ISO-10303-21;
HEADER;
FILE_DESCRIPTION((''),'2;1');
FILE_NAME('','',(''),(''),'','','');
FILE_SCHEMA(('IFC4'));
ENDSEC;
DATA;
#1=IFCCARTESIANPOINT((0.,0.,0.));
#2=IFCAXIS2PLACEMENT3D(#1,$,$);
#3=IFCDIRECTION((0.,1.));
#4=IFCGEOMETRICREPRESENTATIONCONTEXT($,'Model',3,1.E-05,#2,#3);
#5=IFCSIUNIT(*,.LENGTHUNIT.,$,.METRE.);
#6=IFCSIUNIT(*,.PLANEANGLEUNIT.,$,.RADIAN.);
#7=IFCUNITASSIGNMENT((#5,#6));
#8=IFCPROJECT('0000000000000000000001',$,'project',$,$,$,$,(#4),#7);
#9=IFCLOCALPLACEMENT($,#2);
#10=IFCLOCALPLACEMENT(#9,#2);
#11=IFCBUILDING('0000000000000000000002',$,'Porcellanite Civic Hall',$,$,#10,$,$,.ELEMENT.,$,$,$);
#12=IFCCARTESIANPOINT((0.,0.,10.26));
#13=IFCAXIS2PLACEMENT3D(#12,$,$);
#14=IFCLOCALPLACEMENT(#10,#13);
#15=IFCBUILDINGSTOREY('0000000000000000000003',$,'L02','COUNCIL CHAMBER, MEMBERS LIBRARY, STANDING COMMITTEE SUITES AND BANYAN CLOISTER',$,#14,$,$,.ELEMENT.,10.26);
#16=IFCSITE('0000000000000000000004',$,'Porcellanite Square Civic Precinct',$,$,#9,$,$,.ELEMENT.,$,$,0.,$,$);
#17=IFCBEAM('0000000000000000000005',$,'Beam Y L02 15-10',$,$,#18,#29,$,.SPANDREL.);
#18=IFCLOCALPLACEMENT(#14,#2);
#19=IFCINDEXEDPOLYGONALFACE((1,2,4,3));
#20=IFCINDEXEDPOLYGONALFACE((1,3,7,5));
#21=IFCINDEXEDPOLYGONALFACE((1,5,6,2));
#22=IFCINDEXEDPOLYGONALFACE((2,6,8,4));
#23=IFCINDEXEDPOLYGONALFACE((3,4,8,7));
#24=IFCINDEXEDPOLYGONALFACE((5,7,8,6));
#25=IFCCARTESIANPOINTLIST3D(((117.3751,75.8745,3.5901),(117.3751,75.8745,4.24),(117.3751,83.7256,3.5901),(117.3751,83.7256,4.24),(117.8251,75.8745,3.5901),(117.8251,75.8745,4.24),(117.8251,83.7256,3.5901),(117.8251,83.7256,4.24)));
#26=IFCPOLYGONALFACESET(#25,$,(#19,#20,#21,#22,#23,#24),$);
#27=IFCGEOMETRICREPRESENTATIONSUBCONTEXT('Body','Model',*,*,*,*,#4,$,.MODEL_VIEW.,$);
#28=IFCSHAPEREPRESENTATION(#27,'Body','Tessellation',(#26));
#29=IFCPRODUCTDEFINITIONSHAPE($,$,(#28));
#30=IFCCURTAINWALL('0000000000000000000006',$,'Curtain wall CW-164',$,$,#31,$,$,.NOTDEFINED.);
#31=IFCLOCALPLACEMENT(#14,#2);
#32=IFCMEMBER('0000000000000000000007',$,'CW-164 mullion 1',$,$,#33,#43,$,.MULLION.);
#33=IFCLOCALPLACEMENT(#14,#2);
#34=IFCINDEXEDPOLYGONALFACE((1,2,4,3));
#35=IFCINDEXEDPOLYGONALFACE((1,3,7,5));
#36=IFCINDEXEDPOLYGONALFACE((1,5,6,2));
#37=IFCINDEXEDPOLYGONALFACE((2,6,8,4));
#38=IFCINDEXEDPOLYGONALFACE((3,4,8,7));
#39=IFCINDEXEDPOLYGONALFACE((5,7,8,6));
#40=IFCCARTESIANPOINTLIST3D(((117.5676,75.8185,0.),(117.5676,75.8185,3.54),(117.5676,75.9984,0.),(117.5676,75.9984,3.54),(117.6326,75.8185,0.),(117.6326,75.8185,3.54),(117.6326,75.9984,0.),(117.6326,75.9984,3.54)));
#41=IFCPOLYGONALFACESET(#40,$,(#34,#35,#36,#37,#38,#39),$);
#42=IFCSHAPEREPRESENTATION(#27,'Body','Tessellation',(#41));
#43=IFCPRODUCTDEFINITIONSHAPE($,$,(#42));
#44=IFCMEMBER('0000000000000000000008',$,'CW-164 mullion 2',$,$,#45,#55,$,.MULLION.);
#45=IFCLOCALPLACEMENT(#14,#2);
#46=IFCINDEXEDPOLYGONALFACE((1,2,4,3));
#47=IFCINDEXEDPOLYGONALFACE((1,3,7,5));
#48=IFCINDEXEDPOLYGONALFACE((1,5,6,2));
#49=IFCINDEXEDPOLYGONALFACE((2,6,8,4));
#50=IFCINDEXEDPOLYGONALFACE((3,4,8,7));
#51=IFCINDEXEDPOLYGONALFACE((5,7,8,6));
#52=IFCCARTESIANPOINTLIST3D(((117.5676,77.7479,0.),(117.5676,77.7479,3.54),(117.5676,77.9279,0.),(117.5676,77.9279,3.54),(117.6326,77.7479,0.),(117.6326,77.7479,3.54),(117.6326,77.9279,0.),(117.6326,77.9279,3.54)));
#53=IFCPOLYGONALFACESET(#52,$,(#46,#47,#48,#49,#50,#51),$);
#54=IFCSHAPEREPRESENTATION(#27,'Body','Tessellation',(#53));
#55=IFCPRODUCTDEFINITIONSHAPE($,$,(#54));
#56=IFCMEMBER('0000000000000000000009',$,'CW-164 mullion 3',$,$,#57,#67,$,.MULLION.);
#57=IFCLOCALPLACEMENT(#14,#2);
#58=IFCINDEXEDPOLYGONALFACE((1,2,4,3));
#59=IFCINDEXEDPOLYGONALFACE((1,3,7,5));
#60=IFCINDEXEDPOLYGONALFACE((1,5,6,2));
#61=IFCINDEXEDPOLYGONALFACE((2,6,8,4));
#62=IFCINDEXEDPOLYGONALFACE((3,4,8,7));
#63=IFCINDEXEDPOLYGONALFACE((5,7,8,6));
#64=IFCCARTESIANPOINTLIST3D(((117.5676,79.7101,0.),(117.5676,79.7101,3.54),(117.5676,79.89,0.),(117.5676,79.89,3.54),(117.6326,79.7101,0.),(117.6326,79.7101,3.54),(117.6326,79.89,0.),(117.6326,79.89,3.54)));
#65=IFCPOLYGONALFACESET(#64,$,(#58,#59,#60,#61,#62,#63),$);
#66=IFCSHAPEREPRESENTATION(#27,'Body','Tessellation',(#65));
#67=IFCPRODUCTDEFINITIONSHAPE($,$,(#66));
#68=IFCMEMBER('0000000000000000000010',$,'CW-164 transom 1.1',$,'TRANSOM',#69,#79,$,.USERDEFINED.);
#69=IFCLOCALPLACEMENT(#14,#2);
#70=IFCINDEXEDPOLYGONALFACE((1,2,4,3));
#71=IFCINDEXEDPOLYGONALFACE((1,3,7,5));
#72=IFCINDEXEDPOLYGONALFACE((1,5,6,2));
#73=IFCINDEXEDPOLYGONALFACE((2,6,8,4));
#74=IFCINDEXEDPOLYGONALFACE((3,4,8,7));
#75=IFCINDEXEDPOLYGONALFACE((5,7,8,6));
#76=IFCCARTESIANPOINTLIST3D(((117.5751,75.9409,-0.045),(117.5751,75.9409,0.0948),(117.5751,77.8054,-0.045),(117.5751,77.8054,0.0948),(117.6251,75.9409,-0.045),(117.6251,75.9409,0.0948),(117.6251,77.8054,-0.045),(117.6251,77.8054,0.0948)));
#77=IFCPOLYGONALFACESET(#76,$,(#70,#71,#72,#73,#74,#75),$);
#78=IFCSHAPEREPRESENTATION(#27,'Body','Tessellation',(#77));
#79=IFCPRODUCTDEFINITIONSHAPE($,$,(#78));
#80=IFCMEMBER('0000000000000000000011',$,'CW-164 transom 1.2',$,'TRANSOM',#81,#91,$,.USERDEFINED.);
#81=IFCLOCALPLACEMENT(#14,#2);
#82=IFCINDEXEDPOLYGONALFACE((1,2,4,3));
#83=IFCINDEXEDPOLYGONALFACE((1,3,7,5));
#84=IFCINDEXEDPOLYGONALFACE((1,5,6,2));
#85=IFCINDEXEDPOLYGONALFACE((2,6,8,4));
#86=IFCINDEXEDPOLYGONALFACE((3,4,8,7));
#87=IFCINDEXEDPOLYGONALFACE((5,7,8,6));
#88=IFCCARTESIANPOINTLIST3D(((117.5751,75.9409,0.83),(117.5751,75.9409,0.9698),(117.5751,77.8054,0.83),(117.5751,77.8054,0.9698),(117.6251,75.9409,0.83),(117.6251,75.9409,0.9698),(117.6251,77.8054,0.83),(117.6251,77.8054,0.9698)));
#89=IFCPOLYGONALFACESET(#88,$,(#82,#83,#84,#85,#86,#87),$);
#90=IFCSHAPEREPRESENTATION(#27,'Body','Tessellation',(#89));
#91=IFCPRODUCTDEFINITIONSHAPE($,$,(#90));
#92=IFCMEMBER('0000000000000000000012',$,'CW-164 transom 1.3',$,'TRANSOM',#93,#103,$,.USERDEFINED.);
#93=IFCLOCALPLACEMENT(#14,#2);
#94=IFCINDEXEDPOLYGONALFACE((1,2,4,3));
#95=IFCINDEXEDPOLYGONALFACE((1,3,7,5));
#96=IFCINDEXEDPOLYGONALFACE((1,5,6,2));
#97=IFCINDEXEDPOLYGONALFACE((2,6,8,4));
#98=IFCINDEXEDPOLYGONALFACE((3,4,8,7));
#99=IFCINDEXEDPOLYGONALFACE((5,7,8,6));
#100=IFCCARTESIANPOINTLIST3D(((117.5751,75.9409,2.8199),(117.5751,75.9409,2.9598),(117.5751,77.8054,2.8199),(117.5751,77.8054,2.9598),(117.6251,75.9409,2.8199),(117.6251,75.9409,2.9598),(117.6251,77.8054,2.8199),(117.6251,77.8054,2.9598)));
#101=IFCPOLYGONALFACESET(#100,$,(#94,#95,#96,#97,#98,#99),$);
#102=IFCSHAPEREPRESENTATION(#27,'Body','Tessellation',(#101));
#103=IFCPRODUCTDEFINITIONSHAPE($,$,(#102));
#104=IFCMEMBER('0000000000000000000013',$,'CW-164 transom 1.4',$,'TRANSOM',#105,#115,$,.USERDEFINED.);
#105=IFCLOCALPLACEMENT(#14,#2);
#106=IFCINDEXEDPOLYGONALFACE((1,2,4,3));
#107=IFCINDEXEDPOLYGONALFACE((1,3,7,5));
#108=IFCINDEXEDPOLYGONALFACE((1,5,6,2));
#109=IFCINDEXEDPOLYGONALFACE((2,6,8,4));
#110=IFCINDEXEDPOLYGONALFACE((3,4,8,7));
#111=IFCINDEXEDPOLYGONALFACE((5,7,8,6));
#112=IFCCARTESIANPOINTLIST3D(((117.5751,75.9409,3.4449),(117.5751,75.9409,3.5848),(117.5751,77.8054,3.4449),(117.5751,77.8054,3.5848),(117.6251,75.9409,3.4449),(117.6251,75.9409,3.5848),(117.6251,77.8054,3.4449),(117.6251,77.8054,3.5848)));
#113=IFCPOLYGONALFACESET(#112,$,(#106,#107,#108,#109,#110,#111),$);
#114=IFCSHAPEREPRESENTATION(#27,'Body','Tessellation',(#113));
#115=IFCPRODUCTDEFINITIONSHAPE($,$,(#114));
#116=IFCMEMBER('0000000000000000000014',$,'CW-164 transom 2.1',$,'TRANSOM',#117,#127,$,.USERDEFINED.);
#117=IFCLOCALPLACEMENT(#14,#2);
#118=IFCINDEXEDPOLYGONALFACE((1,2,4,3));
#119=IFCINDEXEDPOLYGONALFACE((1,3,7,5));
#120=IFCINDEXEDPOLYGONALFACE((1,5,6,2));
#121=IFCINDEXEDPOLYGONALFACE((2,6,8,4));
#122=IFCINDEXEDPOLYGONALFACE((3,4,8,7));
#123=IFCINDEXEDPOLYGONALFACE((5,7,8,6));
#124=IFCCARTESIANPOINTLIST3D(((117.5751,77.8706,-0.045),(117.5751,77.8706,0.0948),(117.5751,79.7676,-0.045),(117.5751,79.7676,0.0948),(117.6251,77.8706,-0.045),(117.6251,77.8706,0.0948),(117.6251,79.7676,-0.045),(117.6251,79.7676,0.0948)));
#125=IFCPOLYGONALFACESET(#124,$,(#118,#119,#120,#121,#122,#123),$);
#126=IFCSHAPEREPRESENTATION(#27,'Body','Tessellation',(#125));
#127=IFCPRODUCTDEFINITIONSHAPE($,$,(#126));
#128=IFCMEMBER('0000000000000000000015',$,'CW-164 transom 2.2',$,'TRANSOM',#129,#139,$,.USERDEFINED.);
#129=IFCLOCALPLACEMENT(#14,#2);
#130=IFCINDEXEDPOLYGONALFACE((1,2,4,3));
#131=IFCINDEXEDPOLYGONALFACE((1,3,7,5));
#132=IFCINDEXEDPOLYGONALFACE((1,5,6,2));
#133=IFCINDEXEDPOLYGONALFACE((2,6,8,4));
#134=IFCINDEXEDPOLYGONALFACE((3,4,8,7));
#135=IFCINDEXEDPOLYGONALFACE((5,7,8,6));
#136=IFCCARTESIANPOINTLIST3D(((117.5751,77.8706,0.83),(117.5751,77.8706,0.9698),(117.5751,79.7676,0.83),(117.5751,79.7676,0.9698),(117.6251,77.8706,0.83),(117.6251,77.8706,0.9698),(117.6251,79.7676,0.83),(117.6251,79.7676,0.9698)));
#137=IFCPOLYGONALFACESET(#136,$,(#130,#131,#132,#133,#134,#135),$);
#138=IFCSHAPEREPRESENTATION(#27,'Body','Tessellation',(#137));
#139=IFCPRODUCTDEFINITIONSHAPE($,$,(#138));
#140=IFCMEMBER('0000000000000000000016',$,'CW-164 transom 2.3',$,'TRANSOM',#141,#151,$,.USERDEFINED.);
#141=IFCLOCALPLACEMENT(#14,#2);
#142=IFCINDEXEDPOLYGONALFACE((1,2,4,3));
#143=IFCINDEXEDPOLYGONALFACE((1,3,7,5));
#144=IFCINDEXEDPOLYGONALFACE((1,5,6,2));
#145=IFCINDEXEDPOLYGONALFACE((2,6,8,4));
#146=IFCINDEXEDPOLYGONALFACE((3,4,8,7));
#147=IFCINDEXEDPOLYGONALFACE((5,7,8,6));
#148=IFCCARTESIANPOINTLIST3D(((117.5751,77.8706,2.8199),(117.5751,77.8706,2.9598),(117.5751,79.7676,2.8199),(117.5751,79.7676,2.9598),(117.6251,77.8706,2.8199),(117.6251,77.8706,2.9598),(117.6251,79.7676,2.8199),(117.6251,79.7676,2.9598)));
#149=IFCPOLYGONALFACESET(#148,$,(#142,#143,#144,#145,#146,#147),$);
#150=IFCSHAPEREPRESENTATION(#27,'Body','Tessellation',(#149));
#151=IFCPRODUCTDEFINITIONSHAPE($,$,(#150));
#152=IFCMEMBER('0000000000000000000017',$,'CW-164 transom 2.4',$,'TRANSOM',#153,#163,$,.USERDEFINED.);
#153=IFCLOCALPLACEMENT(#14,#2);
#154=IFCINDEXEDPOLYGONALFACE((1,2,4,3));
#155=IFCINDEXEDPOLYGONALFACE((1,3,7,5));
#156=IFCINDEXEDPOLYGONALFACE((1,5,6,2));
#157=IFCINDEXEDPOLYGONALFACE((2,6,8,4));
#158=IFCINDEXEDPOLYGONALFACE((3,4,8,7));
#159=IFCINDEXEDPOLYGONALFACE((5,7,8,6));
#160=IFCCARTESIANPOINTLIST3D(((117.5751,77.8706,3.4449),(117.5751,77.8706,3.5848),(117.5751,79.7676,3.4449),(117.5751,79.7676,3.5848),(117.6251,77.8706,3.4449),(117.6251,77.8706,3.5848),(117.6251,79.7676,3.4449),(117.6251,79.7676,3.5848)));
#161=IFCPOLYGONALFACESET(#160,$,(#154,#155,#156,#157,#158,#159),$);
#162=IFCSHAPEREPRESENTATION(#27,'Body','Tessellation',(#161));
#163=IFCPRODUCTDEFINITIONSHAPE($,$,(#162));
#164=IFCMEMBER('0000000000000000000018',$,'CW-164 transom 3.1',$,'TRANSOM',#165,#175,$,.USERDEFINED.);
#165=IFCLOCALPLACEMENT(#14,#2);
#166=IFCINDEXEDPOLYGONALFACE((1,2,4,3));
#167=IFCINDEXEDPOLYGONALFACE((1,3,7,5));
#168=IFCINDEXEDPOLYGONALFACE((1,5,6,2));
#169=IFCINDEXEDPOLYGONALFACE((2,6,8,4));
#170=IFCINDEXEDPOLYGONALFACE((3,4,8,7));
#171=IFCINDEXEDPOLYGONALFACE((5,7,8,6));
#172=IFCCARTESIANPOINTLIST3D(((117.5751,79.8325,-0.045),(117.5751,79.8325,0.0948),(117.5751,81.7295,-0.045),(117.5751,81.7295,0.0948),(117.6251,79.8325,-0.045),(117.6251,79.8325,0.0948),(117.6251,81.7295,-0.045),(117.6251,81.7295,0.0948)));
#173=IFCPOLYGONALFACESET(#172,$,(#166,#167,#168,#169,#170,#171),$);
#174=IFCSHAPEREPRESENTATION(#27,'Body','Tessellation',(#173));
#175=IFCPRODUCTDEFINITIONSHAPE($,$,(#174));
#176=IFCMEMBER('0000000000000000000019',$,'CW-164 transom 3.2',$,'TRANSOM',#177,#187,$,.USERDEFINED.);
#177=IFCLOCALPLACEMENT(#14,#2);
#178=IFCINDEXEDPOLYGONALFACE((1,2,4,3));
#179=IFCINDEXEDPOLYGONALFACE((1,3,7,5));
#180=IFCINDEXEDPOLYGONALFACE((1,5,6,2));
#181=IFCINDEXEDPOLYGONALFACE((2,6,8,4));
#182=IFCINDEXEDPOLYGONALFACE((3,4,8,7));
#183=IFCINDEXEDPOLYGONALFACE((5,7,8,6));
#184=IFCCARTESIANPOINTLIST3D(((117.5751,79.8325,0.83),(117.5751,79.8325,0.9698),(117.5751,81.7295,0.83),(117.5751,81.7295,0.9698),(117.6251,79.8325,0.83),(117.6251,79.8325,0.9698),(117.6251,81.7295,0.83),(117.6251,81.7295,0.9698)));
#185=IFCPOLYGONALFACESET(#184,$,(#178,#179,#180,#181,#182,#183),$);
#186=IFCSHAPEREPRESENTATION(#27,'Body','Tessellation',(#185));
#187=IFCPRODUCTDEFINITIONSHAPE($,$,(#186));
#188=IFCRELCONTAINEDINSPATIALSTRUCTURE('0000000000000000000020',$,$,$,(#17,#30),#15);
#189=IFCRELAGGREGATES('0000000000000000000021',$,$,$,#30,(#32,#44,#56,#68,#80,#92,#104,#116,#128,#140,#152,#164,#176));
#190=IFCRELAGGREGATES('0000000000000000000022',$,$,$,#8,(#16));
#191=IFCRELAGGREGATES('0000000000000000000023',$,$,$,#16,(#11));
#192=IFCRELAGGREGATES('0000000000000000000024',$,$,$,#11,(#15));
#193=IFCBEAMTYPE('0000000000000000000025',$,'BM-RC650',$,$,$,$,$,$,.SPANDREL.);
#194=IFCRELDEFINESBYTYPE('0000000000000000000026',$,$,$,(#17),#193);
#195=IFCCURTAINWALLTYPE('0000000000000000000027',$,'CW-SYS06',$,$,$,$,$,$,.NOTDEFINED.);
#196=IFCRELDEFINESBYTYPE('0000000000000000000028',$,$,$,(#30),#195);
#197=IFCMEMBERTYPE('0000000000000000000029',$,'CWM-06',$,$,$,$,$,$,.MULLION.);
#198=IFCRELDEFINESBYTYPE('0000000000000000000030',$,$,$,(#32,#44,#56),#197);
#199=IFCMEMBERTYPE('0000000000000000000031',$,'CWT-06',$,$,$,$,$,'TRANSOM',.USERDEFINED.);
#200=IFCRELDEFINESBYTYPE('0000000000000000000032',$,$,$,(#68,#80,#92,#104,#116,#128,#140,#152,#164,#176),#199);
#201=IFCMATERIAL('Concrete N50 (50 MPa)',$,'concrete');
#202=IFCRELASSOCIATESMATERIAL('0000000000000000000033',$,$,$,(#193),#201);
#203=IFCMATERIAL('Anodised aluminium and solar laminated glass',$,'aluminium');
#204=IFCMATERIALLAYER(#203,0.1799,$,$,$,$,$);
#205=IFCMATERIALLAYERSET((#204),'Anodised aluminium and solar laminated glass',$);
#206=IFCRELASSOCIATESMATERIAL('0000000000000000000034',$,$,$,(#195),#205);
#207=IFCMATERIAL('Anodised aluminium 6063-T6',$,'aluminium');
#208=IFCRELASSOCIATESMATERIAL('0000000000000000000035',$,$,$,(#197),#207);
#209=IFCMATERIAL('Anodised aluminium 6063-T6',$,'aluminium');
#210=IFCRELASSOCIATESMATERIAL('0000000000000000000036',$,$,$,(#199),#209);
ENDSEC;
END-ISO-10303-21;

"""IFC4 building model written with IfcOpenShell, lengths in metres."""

from ifc_helpers import new_model, si_unit, direction, frame, origin, origin_2d, place, context, subcontext, project, spatial, rectangle, extrude, material, layer, layer_set, material_profile, profile_set, type_object, element, aggregate, save


model = new_model("IFC4")

# Units and contexts
model_context = context("Model", 3, precision=1e-05, world=origin(), true_north=direction((0.0, 1.0)))
body_context = subcontext(model_context, "Body", "Model", "MODEL_VIEW")
ifc_project = project(units=[si_unit("LENGTHUNIT", "METRE"), si_unit("PLANEANGLEUNIT", "RADIAN")], contexts=[model_context])

# Site, building, storey
site_placement = place(None, origin())
site = spatial("IfcSite", under=ifc_project, at=site_placement, Name="Porcellanite Square Civic Precinct", CompositionType="ELEMENT", RefElevation=0.0)
building_placement = place(site_placement, origin())
building = spatial("IfcBuilding", under=site, at=building_placement, Name="Porcellanite Civic Hall", CompositionType="ELEMENT")
storey_placement = place(building_placement, frame((0.0, 0.0, 10.26)))
storey = spatial("IfcBuildingStorey", under=building, at=storey_placement, Name="L02", Description="COUNCIL CHAMBER, MEMBERS LIBRARY, STANDING COMMITTEE SUITES AND BANYAN CLOISTER", CompositionType="ELEMENT", Elevation=10.26)

# Beam
ifc_material_1 = material(Name="Concrete N50 (50 MPa)", Category="concrete")
ifc_material_profile_1 = material_profile(ifc_material_1, rectangle(XDim=0.45, YDim=0.6499, at=origin_2d()), Name="RC-450x650")
ifc_profile_set_1 = profile_set([ifc_material_profile_1], Name="Concrete N50 (50 MPa)")
beam_type = type_object("IfcBeamType", Name="BM-RC650", PredefinedType="SPANDREL", material=ifc_profile_set_1)
beam_placement = place(storey_placement, frame((117.6001, 75.8745, 3.915), z_axis=(0.0, 1.0, 0.0), x_axis=(-1.0, 0.0, 0.0)))
element("IfcBeam", 1, at=beam_placement, inside=storey, type_object=beam_type, Name="Beam Y L02 15-10", PredefinedType="SPANDREL", context=body_context, shape_type="SweptSolid", body=[
    extrude(rectangle(XDim=0.45, YDim=0.6499, at=origin_2d()), origin(), (0.0, 0.0, 1.0), 7.8511),
])

# Curtain wall, members
ifc_material_2 = material(Name="Anodised aluminium and solar laminated glass", Category="aluminium")
ifc_layer_1 = layer(ifc_material_2, 0.1799)
ifc_layer_set_1 = layer_set([ifc_layer_1], Name="Anodised aluminium and solar laminated glass")
curtain_wall_type = type_object("IfcCurtainWallType", Name="CW-SYS06", PredefinedType="NOTDEFINED", material=ifc_layer_set_1)
curtain_wall_placement = place(storey_placement, origin())
curtain_wall = element("IfcCurtainWall", 2, at=curtain_wall_placement, inside=storey, type_object=curtain_wall_type, Name="Curtain wall CW-164", PredefinedType="NOTDEFINED")
ifc_material_3 = material(Name="Anodised aluminium 6063-T6", Category="aluminium")
ifc_material_profile_2 = material_profile(ifc_material_3, rectangle(XDim=0.0649, YDim=0.1799, at=origin_2d()), Name="AL-65x180")
ifc_profile_set_2 = profile_set([ifc_material_profile_2], Name="Anodised aluminium 6063-T6")
member_type_1 = type_object("IfcMemberType", Name="CWM-06", PredefinedType="MULLION", material=ifc_profile_set_2)
member_1_placement = place(storey_placement, frame((117.6001, 75.9084, 0.0), z_axis=(0.0, 0.0, 1.0), x_axis=(-1.0, 0.0, 0.0)))
member_1 = element("IfcMember", 3, at=member_1_placement, type_object=member_type_1, Name="CW-164 mullion 1", PredefinedType="MULLION", context=body_context, shape_type="SweptSolid", body=[
    extrude(rectangle(XDim=0.0649, YDim=0.1799, at=origin_2d()), origin(), (0.0, 0.0, 1.0), 3.54),
])
member_2_placement = place(storey_placement, frame((117.6001, 77.8379, 0.0), z_axis=(0.0, 0.0, 1.0), x_axis=(-1.0, 0.0, 0.0)))
member_2 = element("IfcMember", 4, at=member_2_placement, type_object=member_type_1, Name="CW-164 mullion 2", PredefinedType="MULLION", context=body_context, shape_type="SweptSolid", body=[
    extrude(rectangle(XDim=0.0649, YDim=0.1799, at=origin_2d()), origin(), (0.0, 0.0, 1.0), 3.54),
])
member_3_placement = place(storey_placement, frame((117.6001, 79.8, 0.0), z_axis=(0.0, 0.0, 1.0), x_axis=(-1.0, 0.0, 0.0)))
member_3 = element("IfcMember", 5, at=member_3_placement, type_object=member_type_1, Name="CW-164 mullion 3", PredefinedType="MULLION", context=body_context, shape_type="SweptSolid", body=[
    extrude(rectangle(XDim=0.0649, YDim=0.1799, at=origin_2d()), origin(), (0.0, 0.0, 1.0), 3.54),
])
ifc_material_4 = material(Name="Anodised aluminium 6063-T6", Category="aluminium")
ifc_material_profile_3 = material_profile(ifc_material_4, rectangle(XDim=0.05, YDim=0.1399, at=origin_2d()), Name="AL-50x140")
ifc_profile_set_3 = profile_set([ifc_material_profile_3], Name="Anodised aluminium 6063-T6")
member_type_2 = type_object("IfcMemberType", Name="CWT-06", ElementType="TRANSOM", PredefinedType="USERDEFINED", material=ifc_profile_set_3)
member_4_placement = place(storey_placement, frame((117.6001, 75.9409, 0.0249), z_axis=(0.0, 1.0, 0.0), x_axis=(-1.0, 0.0, 0.0)))
member_4 = element("IfcMember", 6, at=member_4_placement, type_object=member_type_2, Name="CW-164 transom 1.1", ObjectType="TRANSOM", PredefinedType="USERDEFINED", context=body_context, shape_type="SweptSolid", body=[
    extrude(rectangle(XDim=0.05, YDim=0.1399, at=origin_2d()), origin(), (0.0, 0.0, 1.0), 1.8645),
])
member_5_placement = place(storey_placement, frame((117.6001, 75.9409, 0.8999), z_axis=(0.0, 1.0, 0.0), x_axis=(-1.0, 0.0, 0.0)))
member_5 = element("IfcMember", 7, at=member_5_placement, type_object=member_type_2, Name="CW-164 transom 1.2", ObjectType="TRANSOM", PredefinedType="USERDEFINED", context=body_context, shape_type="SweptSolid", body=[
    extrude(rectangle(XDim=0.05, YDim=0.1399, at=origin_2d()), origin(), (0.0, 0.0, 1.0), 1.8645),
])
member_6_placement = place(storey_placement, frame((117.6001, 75.9409, 2.8899), z_axis=(0.0, 1.0, 0.0), x_axis=(-1.0, 0.0, 0.0)))
member_6 = element("IfcMember", 8, at=member_6_placement, type_object=member_type_2, Name="CW-164 transom 1.3", ObjectType="TRANSOM", PredefinedType="USERDEFINED", context=body_context, shape_type="SweptSolid", body=[
    extrude(rectangle(XDim=0.05, YDim=0.1399, at=origin_2d()), origin(), (0.0, 0.0, 1.0), 1.8645),
])
member_7_placement = place(storey_placement, frame((117.6001, 75.9409, 3.5149), z_axis=(0.0, 1.0, 0.0), x_axis=(-1.0, 0.0, 0.0)))
member_7 = element("IfcMember", 9, at=member_7_placement, type_object=member_type_2, Name="CW-164 transom 1.4", ObjectType="TRANSOM", PredefinedType="USERDEFINED", context=body_context, shape_type="SweptSolid", body=[
    extrude(rectangle(XDim=0.05, YDim=0.1399, at=origin_2d()), origin(), (0.0, 0.0, 1.0), 1.8645),
])
member_8_placement = place(storey_placement, frame((117.6001, 77.8706, 0.0249), z_axis=(0.0, 1.0, 0.0), x_axis=(-1.0, 0.0, 0.0)))
member_8 = element("IfcMember", 10, at=member_8_placement, type_object=member_type_2, Name="CW-164 transom 2.1", ObjectType="TRANSOM", PredefinedType="USERDEFINED", context=body_context, shape_type="SweptSolid", body=[
    extrude(rectangle(XDim=0.05, YDim=0.1399, at=origin_2d()), origin(), (0.0, 0.0, 1.0), 1.897),
])
member_9_placement = place(storey_placement, frame((117.6001, 77.8706, 0.8999), z_axis=(0.0, 1.0, 0.0), x_axis=(-1.0, 0.0, 0.0)))
member_9 = element("IfcMember", 11, at=member_9_placement, type_object=member_type_2, Name="CW-164 transom 2.2", ObjectType="TRANSOM", PredefinedType="USERDEFINED", context=body_context, shape_type="SweptSolid", body=[
    extrude(rectangle(XDim=0.05, YDim=0.1399, at=origin_2d()), origin(), (0.0, 0.0, 1.0), 1.897),
])
member_10_placement = place(storey_placement, frame((117.6001, 77.8706, 2.8899), z_axis=(0.0, 1.0, 0.0), x_axis=(-1.0, 0.0, 0.0)))
member_10 = element("IfcMember", 12, at=member_10_placement, type_object=member_type_2, Name="CW-164 transom 2.3", ObjectType="TRANSOM", PredefinedType="USERDEFINED", context=body_context, shape_type="SweptSolid", body=[
    extrude(rectangle(XDim=0.05, YDim=0.1399, at=origin_2d()), origin(), (0.0, 0.0, 1.0), 1.897),
])
member_11_placement = place(storey_placement, frame((117.6001, 77.8706, 3.5149), z_axis=(0.0, 1.0, 0.0), x_axis=(-1.0, 0.0, 0.0)))
member_11 = element("IfcMember", 13, at=member_11_placement, type_object=member_type_2, Name="CW-164 transom 2.4", ObjectType="TRANSOM", PredefinedType="USERDEFINED", context=body_context, shape_type="SweptSolid", body=[
    extrude(rectangle(XDim=0.05, YDim=0.1399, at=origin_2d()), origin(), (0.0, 0.0, 1.0), 1.897),
])
member_12_placement = place(storey_placement, frame((117.6001, 79.8325, 0.0249), z_axis=(0.0, 1.0, 0.0), x_axis=(-1.0, 0.0, 0.0)))
member_12 = element("IfcMember", 14, at=member_12_placement, type_object=member_type_2, Name="CW-164 transom 3.1", ObjectType="TRANSOM", PredefinedType="USERDEFINED", context=body_context, shape_type="SweptSolid", body=[
    extrude(rectangle(XDim=0.05, YDim=0.1399, at=origin_2d()), origin(), (0.0, 0.0, 1.0), 1.897),
])
member_13_placement = place(storey_placement, frame((117.6001, 79.8325, 0.8999), z_axis=(0.0, 1.0, 0.0), x_axis=(-1.0, 0.0, 0.0)))
member_13 = element("IfcMember", 15, at=member_13_placement, type_object=member_type_2, Name="CW-164 transom 3.2", ObjectType="TRANSOM", PredefinedType="USERDEFINED", context=body_context, shape_type="SweptSolid", body=[
    extrude(rectangle(XDim=0.05, YDim=0.1399, at=origin_2d()), origin(), (0.0, 0.0, 1.0), 1.897),
])

aggregate(curtain_wall, [member_1, member_2, member_3, member_4, member_5, member_6, member_7, member_8, member_9, member_10, member_11, member_12, member_13])

save(model, "model.ifc")
